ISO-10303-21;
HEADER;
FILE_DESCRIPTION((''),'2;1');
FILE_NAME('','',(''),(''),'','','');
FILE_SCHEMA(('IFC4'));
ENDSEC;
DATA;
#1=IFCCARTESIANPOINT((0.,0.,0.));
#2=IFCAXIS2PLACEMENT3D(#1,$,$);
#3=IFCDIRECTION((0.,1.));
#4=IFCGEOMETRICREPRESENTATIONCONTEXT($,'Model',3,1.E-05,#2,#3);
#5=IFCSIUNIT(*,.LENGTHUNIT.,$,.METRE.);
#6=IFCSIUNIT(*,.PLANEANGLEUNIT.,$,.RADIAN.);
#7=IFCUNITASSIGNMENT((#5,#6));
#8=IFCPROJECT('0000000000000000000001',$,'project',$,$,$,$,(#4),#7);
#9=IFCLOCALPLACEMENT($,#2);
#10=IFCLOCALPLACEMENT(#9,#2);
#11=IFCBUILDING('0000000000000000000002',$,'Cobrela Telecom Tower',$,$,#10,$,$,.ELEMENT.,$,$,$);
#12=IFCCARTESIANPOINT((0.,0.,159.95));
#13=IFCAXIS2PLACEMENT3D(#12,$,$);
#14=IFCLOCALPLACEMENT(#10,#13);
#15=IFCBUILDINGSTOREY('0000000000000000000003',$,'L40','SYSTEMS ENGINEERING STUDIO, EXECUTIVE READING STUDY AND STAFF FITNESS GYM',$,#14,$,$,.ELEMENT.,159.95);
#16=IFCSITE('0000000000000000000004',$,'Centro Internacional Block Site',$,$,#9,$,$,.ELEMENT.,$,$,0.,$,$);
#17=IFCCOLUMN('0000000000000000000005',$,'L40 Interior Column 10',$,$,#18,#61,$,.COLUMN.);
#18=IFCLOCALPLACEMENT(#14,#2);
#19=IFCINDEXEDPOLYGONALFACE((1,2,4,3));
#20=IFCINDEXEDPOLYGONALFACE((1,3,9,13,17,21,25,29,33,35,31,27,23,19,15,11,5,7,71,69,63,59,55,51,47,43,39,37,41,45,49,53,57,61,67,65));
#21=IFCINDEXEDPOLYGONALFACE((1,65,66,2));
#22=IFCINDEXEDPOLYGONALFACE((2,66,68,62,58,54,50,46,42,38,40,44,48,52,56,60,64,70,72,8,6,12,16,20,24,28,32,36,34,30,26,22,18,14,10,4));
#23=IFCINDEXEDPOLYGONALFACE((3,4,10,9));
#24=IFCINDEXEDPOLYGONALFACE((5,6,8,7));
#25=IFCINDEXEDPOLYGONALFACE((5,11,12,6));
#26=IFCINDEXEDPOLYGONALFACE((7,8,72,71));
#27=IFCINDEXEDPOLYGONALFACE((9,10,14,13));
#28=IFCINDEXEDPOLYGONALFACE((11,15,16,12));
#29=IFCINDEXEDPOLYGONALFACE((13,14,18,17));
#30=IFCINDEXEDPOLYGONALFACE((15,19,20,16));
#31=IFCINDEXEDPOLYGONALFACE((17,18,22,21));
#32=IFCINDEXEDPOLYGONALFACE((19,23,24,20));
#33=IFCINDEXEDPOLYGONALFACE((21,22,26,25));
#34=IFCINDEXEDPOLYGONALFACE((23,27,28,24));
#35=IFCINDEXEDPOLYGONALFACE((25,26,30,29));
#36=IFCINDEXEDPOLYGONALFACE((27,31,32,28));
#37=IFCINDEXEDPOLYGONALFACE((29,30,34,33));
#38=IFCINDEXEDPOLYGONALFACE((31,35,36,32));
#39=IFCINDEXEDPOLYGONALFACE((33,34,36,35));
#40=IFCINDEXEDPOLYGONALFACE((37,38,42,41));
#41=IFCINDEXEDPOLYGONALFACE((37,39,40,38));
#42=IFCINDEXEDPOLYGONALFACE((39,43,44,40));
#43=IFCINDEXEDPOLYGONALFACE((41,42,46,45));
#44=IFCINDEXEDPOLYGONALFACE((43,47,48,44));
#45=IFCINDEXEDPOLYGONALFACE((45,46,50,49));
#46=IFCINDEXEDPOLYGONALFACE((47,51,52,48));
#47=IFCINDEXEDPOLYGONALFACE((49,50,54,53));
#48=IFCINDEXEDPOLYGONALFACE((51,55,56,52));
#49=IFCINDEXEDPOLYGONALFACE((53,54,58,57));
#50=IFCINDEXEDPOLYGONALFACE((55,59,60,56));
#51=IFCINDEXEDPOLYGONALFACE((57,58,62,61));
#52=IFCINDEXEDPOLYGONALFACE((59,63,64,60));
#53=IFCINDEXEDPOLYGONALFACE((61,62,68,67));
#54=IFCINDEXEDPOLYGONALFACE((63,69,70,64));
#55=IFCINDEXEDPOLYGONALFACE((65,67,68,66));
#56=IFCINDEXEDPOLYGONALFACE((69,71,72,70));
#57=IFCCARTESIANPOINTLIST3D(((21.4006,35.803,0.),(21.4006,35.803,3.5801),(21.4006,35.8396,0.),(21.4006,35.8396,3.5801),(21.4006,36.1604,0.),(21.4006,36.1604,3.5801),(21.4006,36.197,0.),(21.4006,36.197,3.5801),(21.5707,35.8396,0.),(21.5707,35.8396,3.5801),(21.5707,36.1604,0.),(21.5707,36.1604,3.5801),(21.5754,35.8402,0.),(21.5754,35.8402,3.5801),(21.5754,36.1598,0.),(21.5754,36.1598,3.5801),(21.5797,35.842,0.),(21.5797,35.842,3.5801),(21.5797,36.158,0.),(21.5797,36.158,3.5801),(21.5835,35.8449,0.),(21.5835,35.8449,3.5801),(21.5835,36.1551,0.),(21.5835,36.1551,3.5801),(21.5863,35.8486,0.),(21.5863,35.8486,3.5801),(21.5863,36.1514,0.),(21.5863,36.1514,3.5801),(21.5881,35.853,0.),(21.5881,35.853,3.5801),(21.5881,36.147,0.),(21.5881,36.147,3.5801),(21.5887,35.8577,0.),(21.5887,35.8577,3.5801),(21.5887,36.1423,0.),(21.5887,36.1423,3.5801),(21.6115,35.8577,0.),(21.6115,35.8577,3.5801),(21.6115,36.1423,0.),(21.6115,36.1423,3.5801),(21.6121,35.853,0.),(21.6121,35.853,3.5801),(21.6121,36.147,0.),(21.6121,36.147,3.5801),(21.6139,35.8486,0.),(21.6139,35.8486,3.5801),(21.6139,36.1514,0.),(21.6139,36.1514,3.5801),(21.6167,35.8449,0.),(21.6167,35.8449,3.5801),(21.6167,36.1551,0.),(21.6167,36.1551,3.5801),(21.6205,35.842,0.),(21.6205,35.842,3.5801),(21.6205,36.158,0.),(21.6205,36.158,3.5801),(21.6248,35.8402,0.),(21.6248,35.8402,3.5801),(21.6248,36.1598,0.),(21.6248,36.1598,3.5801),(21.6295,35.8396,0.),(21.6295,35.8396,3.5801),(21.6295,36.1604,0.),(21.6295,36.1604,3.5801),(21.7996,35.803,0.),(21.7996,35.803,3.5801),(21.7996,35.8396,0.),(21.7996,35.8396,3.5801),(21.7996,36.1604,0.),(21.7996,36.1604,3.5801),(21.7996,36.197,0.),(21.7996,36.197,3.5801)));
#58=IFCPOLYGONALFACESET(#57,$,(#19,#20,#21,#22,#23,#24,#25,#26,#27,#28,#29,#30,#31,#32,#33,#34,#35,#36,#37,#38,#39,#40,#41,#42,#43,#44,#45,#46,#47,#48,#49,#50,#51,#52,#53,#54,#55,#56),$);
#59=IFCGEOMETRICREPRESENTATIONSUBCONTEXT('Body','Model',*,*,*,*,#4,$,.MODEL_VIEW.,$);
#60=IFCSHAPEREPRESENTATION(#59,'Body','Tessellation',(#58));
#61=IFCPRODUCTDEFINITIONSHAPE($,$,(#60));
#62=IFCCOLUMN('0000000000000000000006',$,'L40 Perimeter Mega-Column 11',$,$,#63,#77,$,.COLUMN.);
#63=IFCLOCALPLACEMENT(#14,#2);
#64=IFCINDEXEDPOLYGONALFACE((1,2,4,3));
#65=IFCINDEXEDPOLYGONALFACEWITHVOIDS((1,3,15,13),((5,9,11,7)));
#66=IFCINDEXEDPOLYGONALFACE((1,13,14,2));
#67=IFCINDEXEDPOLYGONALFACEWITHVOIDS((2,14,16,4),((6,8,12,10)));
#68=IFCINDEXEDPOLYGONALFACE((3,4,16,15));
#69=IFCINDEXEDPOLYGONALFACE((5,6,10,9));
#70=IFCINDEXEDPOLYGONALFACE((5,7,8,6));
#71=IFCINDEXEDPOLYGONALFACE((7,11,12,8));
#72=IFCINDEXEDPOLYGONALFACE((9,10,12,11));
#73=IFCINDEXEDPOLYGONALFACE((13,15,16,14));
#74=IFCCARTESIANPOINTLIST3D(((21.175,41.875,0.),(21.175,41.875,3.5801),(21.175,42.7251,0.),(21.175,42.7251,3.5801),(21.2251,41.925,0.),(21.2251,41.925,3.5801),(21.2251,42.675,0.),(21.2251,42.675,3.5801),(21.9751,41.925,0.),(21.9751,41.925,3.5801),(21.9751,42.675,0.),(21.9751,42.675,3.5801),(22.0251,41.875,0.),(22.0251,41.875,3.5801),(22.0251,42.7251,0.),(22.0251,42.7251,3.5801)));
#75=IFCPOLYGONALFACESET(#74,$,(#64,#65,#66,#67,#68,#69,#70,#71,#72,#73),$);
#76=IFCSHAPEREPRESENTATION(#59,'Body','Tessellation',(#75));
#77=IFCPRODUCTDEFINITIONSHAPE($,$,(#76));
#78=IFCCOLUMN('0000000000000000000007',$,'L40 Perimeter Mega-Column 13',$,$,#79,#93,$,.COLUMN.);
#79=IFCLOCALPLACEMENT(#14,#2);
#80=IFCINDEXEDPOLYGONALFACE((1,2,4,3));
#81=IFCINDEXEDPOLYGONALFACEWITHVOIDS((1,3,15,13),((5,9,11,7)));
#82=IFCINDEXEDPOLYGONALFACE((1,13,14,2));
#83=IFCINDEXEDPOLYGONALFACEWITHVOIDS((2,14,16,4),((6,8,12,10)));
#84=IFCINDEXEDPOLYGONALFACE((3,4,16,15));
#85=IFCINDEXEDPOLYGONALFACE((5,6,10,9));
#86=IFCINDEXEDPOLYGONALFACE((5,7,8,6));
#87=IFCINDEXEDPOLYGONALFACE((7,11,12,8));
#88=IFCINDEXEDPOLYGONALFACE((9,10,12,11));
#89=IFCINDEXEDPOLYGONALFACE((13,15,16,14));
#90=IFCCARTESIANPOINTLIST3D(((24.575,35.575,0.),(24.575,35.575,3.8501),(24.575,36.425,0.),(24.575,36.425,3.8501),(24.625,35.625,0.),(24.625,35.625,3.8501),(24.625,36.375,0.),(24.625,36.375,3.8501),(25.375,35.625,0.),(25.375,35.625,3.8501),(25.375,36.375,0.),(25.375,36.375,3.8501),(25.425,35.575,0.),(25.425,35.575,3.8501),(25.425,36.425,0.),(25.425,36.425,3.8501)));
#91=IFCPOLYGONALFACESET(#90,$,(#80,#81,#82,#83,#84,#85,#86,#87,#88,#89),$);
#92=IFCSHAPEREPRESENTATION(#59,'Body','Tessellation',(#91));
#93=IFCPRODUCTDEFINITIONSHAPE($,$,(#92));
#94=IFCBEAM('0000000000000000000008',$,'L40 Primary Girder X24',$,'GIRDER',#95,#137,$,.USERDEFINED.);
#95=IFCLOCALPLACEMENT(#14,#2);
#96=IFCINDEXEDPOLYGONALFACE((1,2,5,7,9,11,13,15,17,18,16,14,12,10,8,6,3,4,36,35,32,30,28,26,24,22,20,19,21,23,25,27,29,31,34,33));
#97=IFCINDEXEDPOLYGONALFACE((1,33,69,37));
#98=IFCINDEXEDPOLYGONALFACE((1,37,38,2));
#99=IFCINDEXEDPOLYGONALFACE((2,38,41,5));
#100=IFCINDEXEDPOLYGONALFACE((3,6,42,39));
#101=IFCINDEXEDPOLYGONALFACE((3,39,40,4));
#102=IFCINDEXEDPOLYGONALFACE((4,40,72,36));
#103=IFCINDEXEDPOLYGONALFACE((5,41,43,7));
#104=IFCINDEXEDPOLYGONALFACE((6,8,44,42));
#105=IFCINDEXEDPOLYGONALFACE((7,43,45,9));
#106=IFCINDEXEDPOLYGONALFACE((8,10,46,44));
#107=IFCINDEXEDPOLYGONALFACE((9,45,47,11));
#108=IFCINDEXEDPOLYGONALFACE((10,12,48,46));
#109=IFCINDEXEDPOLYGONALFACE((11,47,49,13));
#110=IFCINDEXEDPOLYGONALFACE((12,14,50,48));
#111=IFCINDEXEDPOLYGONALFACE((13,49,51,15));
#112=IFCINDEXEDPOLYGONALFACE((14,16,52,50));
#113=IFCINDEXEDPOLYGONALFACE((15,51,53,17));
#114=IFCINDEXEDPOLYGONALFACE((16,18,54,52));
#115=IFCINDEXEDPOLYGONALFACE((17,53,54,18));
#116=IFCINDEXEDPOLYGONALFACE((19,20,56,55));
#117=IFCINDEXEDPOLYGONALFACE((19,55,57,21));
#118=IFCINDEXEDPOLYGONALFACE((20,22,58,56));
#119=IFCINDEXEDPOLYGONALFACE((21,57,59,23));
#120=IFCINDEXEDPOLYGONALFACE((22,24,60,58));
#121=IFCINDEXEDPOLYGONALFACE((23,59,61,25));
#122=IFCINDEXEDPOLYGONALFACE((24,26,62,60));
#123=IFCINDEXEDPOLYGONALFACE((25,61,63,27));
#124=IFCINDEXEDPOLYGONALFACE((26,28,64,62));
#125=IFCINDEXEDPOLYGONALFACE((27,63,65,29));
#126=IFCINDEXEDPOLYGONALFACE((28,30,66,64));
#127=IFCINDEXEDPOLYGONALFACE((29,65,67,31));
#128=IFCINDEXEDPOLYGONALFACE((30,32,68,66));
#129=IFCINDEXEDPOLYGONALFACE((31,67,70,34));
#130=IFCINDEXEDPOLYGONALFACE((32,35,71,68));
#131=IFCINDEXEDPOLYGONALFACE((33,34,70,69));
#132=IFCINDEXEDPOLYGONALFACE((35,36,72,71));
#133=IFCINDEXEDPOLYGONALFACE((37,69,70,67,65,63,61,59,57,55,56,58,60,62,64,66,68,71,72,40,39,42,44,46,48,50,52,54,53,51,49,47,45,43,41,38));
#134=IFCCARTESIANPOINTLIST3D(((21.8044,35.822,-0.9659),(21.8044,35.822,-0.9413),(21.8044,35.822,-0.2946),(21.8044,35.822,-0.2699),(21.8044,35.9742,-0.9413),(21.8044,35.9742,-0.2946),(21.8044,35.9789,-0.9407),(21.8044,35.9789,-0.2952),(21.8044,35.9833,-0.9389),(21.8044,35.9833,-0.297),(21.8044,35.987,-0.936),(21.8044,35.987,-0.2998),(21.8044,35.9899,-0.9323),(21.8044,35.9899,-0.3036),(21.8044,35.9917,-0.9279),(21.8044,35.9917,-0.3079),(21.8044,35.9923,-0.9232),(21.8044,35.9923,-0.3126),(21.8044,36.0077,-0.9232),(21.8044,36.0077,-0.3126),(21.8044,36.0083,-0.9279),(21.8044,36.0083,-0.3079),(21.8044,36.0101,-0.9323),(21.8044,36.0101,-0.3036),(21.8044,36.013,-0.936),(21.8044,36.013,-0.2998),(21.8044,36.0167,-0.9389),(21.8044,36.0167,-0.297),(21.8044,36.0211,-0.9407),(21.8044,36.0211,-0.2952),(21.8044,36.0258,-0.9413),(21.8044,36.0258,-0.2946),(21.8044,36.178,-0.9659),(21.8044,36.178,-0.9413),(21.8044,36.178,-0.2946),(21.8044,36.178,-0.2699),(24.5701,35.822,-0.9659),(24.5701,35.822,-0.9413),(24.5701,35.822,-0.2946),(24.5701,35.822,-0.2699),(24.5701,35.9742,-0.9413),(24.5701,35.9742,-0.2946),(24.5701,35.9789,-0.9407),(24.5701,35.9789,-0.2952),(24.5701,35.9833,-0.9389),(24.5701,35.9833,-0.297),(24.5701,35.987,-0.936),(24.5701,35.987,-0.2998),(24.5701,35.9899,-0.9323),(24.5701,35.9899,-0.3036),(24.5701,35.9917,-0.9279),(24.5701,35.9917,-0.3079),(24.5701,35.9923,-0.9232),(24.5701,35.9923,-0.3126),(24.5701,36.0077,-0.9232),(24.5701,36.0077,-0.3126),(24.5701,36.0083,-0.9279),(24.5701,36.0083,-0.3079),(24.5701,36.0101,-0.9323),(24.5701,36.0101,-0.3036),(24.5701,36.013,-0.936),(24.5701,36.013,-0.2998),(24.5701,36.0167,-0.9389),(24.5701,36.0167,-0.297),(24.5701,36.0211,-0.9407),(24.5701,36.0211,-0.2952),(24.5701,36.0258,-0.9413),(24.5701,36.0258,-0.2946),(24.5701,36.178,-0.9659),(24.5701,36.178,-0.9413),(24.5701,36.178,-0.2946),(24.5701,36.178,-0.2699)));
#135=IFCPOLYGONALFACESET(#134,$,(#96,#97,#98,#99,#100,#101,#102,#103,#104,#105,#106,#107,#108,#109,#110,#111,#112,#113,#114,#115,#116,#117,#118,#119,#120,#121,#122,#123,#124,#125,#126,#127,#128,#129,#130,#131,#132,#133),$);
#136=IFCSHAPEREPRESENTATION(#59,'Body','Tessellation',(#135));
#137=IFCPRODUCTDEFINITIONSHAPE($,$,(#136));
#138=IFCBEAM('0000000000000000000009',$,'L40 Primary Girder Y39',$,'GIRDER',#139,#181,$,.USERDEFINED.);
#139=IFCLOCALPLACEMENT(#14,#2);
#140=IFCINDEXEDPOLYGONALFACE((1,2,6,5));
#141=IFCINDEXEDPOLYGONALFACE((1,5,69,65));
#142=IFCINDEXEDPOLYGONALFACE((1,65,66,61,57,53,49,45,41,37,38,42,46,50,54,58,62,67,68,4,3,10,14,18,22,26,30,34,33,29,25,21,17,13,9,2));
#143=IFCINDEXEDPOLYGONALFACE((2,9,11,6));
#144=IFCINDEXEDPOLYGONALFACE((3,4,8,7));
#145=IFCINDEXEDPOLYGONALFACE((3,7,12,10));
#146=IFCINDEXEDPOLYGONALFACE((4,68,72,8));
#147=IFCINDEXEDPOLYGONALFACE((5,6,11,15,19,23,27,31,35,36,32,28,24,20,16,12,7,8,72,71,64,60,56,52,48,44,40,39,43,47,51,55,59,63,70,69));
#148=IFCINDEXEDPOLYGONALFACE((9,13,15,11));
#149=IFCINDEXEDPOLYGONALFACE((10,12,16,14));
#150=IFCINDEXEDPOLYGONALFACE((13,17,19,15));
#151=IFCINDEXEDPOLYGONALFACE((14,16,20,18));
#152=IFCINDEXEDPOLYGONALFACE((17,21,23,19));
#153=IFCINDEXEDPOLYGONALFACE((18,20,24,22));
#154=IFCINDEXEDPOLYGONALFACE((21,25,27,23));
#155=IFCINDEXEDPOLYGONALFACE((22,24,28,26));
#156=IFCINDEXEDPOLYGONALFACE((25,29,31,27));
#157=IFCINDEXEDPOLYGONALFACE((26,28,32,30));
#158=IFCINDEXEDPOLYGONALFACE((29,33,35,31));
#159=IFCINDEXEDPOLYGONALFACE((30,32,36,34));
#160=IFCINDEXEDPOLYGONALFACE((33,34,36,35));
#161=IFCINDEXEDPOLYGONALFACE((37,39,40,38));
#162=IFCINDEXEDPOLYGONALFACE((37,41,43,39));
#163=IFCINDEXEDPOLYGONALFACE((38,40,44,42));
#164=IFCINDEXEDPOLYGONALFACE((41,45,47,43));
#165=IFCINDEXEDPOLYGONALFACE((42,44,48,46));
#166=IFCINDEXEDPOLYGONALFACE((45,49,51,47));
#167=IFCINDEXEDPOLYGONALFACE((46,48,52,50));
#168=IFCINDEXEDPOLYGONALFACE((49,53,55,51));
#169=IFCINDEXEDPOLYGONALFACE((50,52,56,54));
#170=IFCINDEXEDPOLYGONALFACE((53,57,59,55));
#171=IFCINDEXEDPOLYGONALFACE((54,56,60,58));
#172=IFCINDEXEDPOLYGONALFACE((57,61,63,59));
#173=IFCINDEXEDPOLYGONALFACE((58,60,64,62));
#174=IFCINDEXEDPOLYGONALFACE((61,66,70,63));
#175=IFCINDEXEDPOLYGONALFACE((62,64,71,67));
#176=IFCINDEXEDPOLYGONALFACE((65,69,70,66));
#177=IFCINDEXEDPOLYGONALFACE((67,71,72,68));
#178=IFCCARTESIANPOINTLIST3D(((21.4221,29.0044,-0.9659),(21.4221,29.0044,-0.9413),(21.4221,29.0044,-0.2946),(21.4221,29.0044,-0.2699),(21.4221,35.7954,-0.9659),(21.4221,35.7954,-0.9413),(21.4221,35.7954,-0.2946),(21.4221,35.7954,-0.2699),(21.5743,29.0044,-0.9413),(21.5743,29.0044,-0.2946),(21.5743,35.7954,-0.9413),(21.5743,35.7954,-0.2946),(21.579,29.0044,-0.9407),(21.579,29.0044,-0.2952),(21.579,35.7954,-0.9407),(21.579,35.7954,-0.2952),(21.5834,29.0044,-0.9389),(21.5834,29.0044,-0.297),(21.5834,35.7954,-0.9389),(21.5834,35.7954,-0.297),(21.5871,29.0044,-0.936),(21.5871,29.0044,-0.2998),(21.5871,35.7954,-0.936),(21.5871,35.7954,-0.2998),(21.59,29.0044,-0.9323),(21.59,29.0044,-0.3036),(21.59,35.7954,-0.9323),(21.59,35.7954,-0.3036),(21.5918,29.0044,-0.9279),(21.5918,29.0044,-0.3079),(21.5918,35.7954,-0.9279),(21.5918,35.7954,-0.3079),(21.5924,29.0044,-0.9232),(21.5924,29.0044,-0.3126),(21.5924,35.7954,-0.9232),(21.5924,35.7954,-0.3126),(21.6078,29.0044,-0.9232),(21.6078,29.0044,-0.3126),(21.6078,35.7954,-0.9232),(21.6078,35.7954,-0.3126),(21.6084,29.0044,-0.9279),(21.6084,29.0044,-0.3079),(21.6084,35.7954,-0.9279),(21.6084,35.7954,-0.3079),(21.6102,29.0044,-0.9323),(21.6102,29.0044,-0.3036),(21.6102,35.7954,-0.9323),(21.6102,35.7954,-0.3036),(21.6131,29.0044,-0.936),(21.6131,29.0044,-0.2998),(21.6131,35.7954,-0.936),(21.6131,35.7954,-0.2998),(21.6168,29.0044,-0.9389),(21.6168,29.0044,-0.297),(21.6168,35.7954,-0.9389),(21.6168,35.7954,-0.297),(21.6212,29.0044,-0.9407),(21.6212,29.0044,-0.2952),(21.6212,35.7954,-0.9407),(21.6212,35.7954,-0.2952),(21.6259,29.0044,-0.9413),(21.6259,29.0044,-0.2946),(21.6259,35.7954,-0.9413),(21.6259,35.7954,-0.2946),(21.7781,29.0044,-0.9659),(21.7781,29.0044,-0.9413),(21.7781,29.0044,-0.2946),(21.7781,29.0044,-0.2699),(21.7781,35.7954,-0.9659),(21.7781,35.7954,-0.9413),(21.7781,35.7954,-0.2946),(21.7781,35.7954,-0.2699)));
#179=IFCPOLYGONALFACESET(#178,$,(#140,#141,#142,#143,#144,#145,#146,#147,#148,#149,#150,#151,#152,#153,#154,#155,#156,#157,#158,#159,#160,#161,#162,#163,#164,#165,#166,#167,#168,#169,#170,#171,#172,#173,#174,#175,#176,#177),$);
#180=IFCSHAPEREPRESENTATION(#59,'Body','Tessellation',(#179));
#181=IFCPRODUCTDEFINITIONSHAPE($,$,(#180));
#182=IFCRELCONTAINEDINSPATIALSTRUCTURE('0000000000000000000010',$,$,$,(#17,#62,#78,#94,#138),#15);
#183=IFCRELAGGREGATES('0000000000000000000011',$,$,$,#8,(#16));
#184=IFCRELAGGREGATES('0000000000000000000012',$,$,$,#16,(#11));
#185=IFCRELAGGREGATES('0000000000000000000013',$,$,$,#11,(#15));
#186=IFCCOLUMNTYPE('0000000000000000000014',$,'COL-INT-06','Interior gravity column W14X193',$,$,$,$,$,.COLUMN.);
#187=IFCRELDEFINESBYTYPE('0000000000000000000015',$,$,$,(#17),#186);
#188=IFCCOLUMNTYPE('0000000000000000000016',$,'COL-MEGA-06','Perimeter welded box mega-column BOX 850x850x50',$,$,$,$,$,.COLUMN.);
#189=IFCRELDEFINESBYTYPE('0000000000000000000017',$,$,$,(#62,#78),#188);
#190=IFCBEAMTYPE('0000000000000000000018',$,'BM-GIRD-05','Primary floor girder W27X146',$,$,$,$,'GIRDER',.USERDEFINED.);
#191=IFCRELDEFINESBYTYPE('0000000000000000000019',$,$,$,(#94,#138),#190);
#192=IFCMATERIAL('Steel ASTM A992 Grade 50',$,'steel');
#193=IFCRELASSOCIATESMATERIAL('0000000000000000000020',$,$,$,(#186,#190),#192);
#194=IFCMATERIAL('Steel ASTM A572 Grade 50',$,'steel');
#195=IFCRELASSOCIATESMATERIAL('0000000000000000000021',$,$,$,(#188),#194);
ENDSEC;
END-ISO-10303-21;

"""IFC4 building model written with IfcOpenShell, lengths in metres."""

from ifc_helpers import new_model, si_unit, direction, frame, origin, origin_2d, place, context, subcontext, project, spatial, hollow_rectangle, i_section, extrude, material, material_profile, profile_set, type_object, element, save


model = new_model("IFC4")

# Units and contexts
model_context = context("Model", 3, precision=1e-05, world=origin(), true_north=direction((0.0, 1.0)))
body_context = subcontext(model_context, "Body", "Model", "MODEL_VIEW")
ifc_project = project(units=[si_unit("LENGTHUNIT", "METRE"), si_unit("PLANEANGLEUNIT", "RADIAN")], contexts=[model_context])

# Site, building, storey
site_placement = place(None, origin())
site = spatial("IfcSite", under=ifc_project, at=site_placement, Name="Centro Internacional Block Site", CompositionType="ELEMENT", RefElevation=0.0)
building_placement = place(site_placement, origin())
building = spatial("IfcBuilding", under=site, at=building_placement, Name="Cobrela Telecom Tower", CompositionType="ELEMENT")
storey_placement = place(building_placement, frame((0.0, 0.0, 159.95)))
storey = spatial("IfcBuildingStorey", under=building, at=storey_placement, Name="L40", Description="SYSTEMS ENGINEERING STUDIO, EXECUTIVE READING STUDY AND STAFF FITNESS GYM", CompositionType="ELEMENT", Elevation=159.95)

# Columns
ifc_material_1 = material(Name="Steel ASTM A992 Grade 50", Category="steel")
ifc_material_profile_1 = material_profile(ifc_material_1, i_section(OverallWidth=0.3989, OverallDepth=0.394, WebThickness=0.0227, FlangeThickness=0.0366, FilletRadius=0.0181, at=origin_2d()), Name="W14X193")
ifc_profile_set_1 = profile_set([ifc_material_profile_1], Name="Steel ASTM A992 Grade 50")
column_type_1 = type_object("IfcColumnType", Name="COL-INT-06", Description="Interior gravity column W14X193", PredefinedType="COLUMN", material=ifc_profile_set_1)
column_1_placement = place(storey_placement, frame((21.6001, 36.0, 0.0), z_axis=(0.0, 0.0, 1.0), x_axis=(1.0, 0.0, 0.0)))
element("IfcColumn", 1, at=column_1_placement, inside=storey, type_object=column_type_1, Name="L40 Interior Column 10", PredefinedType="COLUMN", context=body_context, shape_type="SweptSolid", body=[
    extrude(i_section(OverallWidth=0.3989, OverallDepth=0.394, WebThickness=0.0227, FlangeThickness=0.0366, FilletRadius=0.0181, at=origin_2d()), origin(), (0.0, 0.0, 1.0), 3.5801),
])
ifc_material_2 = material(Name="Steel ASTM A572 Grade 50", Category="steel")
ifc_material_profile_2 = material_profile(ifc_material_2, hollow_rectangle(XDim=0.8501, YDim=0.8501, WallThickness=0.05, at=origin_2d()), Name="BOX 850x850x50")
ifc_profile_set_2 = profile_set([ifc_material_profile_2], Name="Steel ASTM A572 Grade 50")
column_type_2 = type_object("IfcColumnType", Name="COL-MEGA-06", Description="Perimeter welded box mega-column BOX 850x850x50", PredefinedType="COLUMN", material=ifc_profile_set_2)
column_2_placement = place(storey_placement, frame((21.6001, 42.3, 0.0), z_axis=(0.0, 0.0, 1.0), x_axis=(1.0, 0.0, 0.0)))
element("IfcColumn", 2, at=column_2_placement, inside=storey, type_object=column_type_2, Name="L40 Perimeter Mega-Column 11", PredefinedType="COLUMN", context=body_context, shape_type="SweptSolid", body=[
    extrude(hollow_rectangle(XDim=0.8501, YDim=0.8501, WallThickness=0.05, at=origin_2d()), origin(), (0.0, 0.0, 1.0), 3.5801),
])
column_3_placement = place(storey_placement, frame((25.0, 36.0, 0.0), z_axis=(0.0, 0.0, 1.0), x_axis=(1.0, 0.0, 0.0)))
element("IfcColumn", 3, at=column_3_placement, inside=storey, type_object=column_type_2, Name="L40 Perimeter Mega-Column 13", PredefinedType="COLUMN", context=body_context, shape_type="SweptSolid", body=[
    extrude(hollow_rectangle(XDim=0.8501, YDim=0.8501, WallThickness=0.05, at=origin_2d()), origin(), (0.0, 0.0, 1.0), 3.8501),
])

# Beams
ifc_material_profile_3 = material_profile(ifc_material_1, i_section(OverallWidth=0.356, OverallDepth=0.696, WebThickness=0.0154, FlangeThickness=0.0247, FilletRadius=0.0181, at=origin_2d()), Name="W27X146")
ifc_profile_set_3 = profile_set([ifc_material_profile_3], Name="Steel ASTM A992 Grade 50")
beam_type_1 = type_object("IfcBeamType", Name="BM-GIRD-05", Description="Primary floor girder W27X146", ElementType="GIRDER", PredefinedType="USERDEFINED", material=ifc_profile_set_3)
beam_1_placement = place(storey_placement, frame((21.8044, 36.0, -0.6179), z_axis=(1.0, 0.0, 0.0), x_axis=(0.0, 1.0, 0.0)))
element("IfcBeam", 4, at=beam_1_placement, inside=storey, type_object=beam_type_1, Name="L40 Primary Girder X24", ObjectType="GIRDER", PredefinedType="USERDEFINED", context=body_context, shape_type="SweptSolid", body=[
    extrude(i_section(OverallWidth=0.356, OverallDepth=0.696, WebThickness=0.0154, FlangeThickness=0.0247, FilletRadius=0.0181, at=origin_2d()), origin(), (0.0, 0.0, 1.0), 2.7656),
])
beam_2_placement = place(storey_placement, frame((21.6001, 29.0044, -0.6179), z_axis=(0.0, 1.0, 0.0), x_axis=(-1.0, 0.0, 0.0)))
element("IfcBeam", 5, at=beam_2_placement, inside=storey, type_object=beam_type_1, Name="L40 Primary Girder Y39", ObjectType="GIRDER", PredefinedType="USERDEFINED", context=body_context, shape_type="SweptSolid", body=[
    extrude(i_section(OverallWidth=0.356, OverallDepth=0.696, WebThickness=0.0154, FlangeThickness=0.0247, FilletRadius=0.0181, at=origin_2d()), origin(), (0.0, 0.0, 1.0), 6.791),
])

save(model, "model.ifc")
